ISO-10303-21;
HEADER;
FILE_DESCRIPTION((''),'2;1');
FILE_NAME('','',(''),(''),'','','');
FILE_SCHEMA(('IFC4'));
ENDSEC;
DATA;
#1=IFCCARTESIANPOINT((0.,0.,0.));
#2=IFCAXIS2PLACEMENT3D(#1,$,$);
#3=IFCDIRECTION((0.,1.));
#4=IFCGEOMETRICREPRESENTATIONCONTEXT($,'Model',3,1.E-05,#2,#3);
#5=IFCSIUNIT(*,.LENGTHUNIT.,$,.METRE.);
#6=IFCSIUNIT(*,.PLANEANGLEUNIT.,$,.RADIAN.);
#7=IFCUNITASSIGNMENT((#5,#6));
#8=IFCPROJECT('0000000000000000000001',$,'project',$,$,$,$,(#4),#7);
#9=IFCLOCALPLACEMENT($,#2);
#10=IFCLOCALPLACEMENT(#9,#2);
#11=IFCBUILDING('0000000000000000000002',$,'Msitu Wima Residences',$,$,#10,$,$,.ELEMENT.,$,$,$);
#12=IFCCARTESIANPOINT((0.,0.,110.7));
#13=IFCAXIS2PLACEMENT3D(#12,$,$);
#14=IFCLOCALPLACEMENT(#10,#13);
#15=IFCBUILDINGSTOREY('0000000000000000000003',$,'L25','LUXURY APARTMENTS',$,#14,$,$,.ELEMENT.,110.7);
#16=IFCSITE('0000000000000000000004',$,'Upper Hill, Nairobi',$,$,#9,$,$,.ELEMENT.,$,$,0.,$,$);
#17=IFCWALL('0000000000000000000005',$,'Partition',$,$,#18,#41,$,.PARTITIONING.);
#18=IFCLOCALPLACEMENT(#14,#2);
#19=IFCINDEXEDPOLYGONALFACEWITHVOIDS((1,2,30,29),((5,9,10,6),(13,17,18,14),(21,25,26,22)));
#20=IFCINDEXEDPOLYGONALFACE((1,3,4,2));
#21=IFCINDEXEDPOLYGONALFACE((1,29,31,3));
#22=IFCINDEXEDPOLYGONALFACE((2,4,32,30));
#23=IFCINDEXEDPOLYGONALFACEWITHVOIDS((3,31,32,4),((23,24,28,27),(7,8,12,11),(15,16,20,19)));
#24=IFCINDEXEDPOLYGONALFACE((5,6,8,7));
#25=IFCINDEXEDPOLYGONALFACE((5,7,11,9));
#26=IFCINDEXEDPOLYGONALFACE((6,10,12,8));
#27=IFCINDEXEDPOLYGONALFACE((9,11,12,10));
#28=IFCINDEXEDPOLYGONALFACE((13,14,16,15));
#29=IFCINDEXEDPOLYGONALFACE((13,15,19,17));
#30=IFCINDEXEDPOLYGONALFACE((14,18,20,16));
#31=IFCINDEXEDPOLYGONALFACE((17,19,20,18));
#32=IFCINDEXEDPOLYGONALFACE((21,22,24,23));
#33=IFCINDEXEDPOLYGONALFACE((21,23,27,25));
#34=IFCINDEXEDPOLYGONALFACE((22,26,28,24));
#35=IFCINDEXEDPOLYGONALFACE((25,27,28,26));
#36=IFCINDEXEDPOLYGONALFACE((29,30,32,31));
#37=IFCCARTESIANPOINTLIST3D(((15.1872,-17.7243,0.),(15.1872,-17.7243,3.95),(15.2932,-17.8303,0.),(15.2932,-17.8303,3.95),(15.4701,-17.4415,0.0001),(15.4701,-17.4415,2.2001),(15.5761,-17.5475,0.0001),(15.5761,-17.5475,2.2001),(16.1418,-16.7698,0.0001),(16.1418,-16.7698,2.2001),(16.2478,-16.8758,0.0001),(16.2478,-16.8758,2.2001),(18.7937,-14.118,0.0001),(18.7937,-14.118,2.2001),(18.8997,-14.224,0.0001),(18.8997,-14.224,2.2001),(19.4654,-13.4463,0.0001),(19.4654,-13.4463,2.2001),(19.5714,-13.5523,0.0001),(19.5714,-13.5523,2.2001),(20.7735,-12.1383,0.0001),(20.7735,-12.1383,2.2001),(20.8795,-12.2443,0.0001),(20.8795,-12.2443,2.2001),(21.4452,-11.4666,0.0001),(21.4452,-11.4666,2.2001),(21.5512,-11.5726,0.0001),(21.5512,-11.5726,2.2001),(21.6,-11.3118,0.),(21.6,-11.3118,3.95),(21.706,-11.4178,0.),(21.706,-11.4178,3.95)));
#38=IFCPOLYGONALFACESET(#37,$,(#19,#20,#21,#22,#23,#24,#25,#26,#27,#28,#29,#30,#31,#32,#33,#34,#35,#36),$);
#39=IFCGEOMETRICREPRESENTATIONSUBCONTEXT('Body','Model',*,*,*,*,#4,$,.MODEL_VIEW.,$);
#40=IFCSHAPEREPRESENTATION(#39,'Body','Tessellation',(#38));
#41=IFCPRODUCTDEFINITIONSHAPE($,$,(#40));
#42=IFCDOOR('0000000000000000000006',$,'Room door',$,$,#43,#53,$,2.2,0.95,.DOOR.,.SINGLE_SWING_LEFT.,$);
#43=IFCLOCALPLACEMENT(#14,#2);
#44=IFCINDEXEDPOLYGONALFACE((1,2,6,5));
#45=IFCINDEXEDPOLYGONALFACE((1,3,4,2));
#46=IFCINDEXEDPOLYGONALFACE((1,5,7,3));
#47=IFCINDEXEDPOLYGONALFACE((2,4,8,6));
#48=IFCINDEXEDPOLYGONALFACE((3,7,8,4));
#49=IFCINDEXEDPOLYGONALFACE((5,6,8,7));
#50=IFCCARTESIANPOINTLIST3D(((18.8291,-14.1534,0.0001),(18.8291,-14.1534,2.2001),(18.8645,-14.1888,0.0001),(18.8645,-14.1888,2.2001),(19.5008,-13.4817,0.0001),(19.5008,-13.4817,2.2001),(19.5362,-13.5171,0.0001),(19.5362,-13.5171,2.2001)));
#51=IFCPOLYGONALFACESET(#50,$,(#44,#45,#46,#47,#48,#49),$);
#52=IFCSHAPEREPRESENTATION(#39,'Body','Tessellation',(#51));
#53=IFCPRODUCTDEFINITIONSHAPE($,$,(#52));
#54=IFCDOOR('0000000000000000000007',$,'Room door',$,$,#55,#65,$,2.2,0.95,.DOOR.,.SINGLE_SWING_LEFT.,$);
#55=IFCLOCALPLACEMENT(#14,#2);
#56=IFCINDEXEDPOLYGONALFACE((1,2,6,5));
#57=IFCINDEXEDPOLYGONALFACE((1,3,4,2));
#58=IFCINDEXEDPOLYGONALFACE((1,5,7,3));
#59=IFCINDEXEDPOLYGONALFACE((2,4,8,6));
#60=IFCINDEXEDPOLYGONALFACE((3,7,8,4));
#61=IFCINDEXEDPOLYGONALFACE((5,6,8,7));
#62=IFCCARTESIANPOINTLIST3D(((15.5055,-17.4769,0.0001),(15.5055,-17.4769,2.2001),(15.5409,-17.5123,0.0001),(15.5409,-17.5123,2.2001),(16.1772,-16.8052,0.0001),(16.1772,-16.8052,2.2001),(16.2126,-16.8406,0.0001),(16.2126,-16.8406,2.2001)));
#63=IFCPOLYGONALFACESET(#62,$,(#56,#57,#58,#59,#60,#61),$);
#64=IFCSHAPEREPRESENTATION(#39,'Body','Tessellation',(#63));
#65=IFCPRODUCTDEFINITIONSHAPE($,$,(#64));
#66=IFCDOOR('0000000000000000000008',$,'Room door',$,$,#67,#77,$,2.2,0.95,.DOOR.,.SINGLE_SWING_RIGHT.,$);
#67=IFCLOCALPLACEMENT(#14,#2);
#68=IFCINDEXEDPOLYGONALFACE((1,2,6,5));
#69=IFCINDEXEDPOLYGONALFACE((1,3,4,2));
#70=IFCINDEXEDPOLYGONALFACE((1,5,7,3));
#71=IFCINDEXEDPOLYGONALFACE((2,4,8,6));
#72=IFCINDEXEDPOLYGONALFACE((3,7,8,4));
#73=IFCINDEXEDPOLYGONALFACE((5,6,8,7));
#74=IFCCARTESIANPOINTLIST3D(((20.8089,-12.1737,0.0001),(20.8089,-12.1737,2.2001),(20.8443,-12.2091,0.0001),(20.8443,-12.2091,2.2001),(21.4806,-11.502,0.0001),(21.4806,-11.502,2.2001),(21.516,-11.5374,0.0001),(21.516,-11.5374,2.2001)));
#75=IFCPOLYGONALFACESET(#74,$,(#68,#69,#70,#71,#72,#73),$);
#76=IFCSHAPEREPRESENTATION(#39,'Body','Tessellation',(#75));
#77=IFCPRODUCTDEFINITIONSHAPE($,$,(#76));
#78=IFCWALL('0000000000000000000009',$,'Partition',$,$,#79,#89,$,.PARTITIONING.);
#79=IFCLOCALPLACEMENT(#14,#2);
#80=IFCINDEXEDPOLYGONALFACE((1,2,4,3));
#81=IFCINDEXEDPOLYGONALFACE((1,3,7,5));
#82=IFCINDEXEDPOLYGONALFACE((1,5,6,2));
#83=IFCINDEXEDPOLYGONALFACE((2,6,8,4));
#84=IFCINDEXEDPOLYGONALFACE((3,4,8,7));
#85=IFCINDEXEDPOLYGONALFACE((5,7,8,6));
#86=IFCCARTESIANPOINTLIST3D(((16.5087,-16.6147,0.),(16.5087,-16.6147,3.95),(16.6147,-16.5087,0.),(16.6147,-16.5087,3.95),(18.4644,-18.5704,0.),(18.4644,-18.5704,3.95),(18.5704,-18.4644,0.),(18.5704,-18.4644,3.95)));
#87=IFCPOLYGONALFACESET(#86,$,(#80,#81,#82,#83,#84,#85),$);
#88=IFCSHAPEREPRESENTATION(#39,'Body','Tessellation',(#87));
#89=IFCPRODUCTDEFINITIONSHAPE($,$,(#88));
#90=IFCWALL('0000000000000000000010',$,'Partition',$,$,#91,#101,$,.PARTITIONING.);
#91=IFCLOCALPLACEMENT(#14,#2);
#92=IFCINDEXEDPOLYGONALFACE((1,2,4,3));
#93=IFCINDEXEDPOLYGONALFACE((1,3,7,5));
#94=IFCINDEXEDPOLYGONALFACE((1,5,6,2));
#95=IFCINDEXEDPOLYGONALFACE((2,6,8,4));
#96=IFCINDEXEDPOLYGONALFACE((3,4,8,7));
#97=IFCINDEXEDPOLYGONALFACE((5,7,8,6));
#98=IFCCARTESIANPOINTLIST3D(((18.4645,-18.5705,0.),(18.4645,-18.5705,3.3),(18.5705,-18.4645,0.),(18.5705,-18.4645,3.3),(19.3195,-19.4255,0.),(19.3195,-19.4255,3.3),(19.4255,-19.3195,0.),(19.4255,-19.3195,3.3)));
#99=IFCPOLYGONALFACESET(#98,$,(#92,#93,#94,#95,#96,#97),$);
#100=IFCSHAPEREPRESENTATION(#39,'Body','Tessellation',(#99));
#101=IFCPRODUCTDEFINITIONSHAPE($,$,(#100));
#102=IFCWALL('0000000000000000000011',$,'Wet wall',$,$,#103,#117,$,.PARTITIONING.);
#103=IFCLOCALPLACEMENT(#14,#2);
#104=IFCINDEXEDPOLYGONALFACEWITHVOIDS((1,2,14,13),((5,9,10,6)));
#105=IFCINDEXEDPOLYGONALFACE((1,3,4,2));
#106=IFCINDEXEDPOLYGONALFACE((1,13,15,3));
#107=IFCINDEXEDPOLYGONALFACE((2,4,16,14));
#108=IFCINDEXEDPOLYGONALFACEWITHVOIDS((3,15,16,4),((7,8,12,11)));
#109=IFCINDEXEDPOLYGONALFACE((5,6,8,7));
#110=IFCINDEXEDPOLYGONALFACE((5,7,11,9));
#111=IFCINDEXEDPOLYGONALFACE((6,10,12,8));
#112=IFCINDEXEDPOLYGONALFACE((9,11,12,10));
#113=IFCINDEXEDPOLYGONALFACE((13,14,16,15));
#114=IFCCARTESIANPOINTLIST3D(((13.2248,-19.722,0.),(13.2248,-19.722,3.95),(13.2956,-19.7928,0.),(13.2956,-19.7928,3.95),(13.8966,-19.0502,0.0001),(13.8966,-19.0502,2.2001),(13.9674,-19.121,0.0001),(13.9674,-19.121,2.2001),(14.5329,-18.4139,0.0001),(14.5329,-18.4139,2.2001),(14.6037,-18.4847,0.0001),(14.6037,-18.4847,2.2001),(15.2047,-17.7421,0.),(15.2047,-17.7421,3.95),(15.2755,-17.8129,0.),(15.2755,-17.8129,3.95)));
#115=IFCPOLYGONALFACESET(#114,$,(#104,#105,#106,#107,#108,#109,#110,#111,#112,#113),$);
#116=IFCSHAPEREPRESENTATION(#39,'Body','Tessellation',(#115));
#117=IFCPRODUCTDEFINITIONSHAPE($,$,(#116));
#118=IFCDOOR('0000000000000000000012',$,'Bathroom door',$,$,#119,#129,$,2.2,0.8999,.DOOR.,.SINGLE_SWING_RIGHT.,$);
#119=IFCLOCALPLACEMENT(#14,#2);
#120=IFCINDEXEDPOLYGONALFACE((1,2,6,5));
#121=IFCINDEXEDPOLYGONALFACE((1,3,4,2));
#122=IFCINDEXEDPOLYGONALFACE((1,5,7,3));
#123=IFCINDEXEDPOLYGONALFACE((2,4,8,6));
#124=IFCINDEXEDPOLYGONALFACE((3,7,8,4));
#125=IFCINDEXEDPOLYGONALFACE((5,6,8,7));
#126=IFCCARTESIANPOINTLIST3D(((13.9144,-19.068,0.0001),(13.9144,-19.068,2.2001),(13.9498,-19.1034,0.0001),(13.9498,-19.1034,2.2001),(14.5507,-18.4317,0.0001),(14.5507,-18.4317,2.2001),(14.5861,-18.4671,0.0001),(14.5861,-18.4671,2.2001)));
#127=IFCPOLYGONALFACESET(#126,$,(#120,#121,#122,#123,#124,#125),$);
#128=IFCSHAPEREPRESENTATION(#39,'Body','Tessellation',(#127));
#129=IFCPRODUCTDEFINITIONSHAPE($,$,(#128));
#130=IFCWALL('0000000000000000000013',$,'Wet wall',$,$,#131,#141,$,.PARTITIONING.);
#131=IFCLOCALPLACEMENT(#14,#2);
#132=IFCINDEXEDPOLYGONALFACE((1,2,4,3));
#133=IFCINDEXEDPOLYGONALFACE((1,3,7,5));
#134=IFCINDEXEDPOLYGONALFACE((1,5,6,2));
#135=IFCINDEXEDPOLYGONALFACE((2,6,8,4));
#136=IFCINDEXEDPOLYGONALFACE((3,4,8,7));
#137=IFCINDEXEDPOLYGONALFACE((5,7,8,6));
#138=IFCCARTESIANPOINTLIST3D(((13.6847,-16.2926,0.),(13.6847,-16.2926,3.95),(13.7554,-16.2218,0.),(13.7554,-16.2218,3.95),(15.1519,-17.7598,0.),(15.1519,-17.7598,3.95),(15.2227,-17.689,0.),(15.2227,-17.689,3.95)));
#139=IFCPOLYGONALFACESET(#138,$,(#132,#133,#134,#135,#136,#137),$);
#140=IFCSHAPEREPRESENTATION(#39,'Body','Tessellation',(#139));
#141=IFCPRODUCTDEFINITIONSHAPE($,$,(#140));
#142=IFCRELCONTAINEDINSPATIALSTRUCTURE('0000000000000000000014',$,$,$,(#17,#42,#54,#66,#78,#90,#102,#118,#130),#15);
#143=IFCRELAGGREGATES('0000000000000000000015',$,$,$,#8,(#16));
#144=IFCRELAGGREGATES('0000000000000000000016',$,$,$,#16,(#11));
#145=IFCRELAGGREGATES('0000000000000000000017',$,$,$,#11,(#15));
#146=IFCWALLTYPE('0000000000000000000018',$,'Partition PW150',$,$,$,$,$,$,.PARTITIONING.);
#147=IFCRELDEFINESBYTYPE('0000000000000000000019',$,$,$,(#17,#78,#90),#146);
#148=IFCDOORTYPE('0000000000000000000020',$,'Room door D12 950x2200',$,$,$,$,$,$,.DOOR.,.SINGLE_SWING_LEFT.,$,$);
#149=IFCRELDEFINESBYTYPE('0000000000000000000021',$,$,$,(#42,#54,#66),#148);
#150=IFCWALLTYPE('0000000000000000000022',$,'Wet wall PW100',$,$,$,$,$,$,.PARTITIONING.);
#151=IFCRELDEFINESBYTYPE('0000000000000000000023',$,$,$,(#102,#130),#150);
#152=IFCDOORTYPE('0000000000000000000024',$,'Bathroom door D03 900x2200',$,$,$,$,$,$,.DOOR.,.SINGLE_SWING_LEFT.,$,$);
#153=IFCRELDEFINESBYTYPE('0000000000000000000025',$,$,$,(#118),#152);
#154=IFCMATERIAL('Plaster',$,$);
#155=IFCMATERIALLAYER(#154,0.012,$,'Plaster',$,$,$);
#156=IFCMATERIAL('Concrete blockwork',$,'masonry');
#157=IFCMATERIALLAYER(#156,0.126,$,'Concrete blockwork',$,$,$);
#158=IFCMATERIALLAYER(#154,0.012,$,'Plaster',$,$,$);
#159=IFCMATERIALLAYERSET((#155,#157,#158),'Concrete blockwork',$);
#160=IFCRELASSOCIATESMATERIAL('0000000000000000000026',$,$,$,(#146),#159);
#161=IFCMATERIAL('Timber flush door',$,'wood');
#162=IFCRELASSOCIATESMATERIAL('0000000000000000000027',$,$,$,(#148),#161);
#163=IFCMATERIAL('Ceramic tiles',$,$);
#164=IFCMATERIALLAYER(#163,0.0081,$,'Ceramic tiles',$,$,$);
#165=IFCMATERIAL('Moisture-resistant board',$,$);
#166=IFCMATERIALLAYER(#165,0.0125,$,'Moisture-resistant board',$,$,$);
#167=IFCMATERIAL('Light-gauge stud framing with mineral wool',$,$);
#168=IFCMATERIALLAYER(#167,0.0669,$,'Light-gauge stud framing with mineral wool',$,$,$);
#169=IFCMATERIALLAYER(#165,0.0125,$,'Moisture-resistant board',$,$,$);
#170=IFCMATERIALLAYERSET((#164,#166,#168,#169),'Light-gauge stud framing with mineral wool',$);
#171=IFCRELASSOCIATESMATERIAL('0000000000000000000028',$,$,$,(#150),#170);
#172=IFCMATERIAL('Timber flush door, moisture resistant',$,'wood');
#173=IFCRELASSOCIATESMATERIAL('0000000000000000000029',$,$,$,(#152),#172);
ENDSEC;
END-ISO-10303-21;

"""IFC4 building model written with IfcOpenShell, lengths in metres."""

from ifc_helpers import new_model, si_unit, direction, frame, frame_2d, origin, place, context, subcontext, project, spatial, rectangle, extrude, material, layer, layer_set, type_object, element, fill, save


model = new_model("IFC4")

# Units and contexts
model_context = context("Model", 3, precision=1e-05, world=origin(), true_north=direction((0.0, 1.0)))
body_context = subcontext(model_context, "Body", "Model", "MODEL_VIEW")
ifc_project = project(units=[si_unit("LENGTHUNIT", "METRE"), si_unit("PLANEANGLEUNIT", "RADIAN")], contexts=[model_context])

# Site, building, storey
site_placement = place(None, origin())
site = spatial("IfcSite", under=ifc_project, at=site_placement, Name="Upper Hill, Nairobi", CompositionType="ELEMENT", RefElevation=0.0)
building_placement = place(site_placement, origin())
building = spatial("IfcBuilding", under=site, at=building_placement, Name="Msitu Wima Residences", CompositionType="ELEMENT")
storey_placement = place(building_placement, frame((0.0, 0.0, 110.7)))
storey = spatial("IfcBuildingStorey", under=building, at=storey_placement, Name="L25", Description="LUXURY APARTMENTS", CompositionType="ELEMENT", Elevation=110.7)

# Shared definitions
ifc_material_1 = material(Name="Plaster")
ifc_material_2 = material(Name="Concrete blockwork", Category="masonry")

# Shared definitions
ifc_layer_1 = layer(ifc_material_1, 0.012, Name="Plaster")
ifc_layer_2 = layer(ifc_material_2, 0.126, Name="Concrete blockwork")
ifc_layer_3 = layer(ifc_material_1, 0.012, Name="Plaster")
ifc_layer_set_1 = layer_set([ifc_layer_1, ifc_layer_2, ifc_layer_3], Name="Concrete blockwork")
wall_type_1 = type_object("IfcWallType", Name="Partition PW150", PredefinedType="PARTITIONING", material=ifc_layer_set_1)

# Wall, openings, doors
wall_1_placement = place(storey_placement, frame((15.2402, -17.7773, 0.0), z_axis=(0.0, 0.0, 1.0), x_axis=(0.70712, 0.707093, 0.0)))
wall_1 = element("IfcWall", 1, at=wall_1_placement, inside=storey, type_object=wall_type_1, Name="Partition", PredefinedType="PARTITIONING", context=body_context, shape_type="SweptSolid", body=[
    extrude(rectangle(XDim=9.0688, YDim=0.1499, at=frame_2d((4.5344, 0.0))), origin(), (0.0, 0.0, 1.0), 3.95),
])
opening_1_placement = place(wall_1_placement, frame((5.1001, 0.0, 0.0)))
opening_1 = element("IfcOpeningElement", 2, at=opening_1_placement, cuts=wall_1, PredefinedType="OPENING", context=body_context, shape_type="SweptSolid", body=[
    extrude(rectangle(XDim=0.95, YDim=2.2, at=frame_2d((0.4751, 1.1001))), frame((0.0, 0.085, 0.0), z_axis=(0.0, -1.0, 0.0), x_axis=(1.0, 0.0, 0.0)), (0.0, 0.0, 1.0), 0.1699),
])
opening_2_placement = place(wall_1_placement, frame((0.3999, 0.0, 0.0)))
opening_2 = element("IfcOpeningElement", 3, at=opening_2_placement, cuts=wall_1, PredefinedType="OPENING", context=body_context, shape_type="SweptSolid", body=[
    extrude(rectangle(XDim=0.95, YDim=2.2, at=frame_2d((0.4751, 1.1001))), frame((0.0, 0.085, 0.0), z_axis=(0.0, -1.0, 0.0), x_axis=(1.0, 0.0, 0.0)), (0.0, 0.0, 1.0), 0.1699),
])
opening_3_placement = place(wall_1_placement, frame((7.8999, 0.0, 0.0)))
opening_3 = element("IfcOpeningElement", 4, at=opening_3_placement, cuts=wall_1, PredefinedType="OPENING", context=body_context, shape_type="SweptSolid", body=[
    extrude(rectangle(XDim=0.95, YDim=2.2, at=frame_2d((0.4751, 1.1001))), frame((0.0, 0.085, 0.0), z_axis=(0.0, -1.0, 0.0), x_axis=(1.0, 0.0, 0.0)), (0.0, 0.0, 1.0), 0.1699),
])
ifc_material_3 = material(Name="Timber flush door", Category="wood")
door_type_1 = type_object("IfcDoorType", Name="Room door D12 950x2200", OperationType="SINGLE_SWING_LEFT", PredefinedType="DOOR", material=ifc_material_3)
door_1_placement = place(opening_1_placement, origin())
door_1 = element("IfcDoor", 5, at=door_1_placement, inside=storey, type_object=door_type_1, Name="Room door", OperationType="SINGLE_SWING_LEFT", OverallHeight=2.2, OverallWidth=0.95, PredefinedType="DOOR", context=body_context, shape_type="SweptSolid", body=[
    extrude(rectangle(XDim=0.95, YDim=2.2, at=frame_2d((0.4751, 1.1001))), frame((0.0, 0.0249, 0.0), z_axis=(0.0, -1.0, 0.0), x_axis=(1.0, 0.0, 0.0)), (0.0, 0.0, 1.0), 0.05),
])
fill(opening_1, door_1)
door_2_placement = place(opening_2_placement, origin())
door_2 = element("IfcDoor", 6, at=door_2_placement, inside=storey, type_object=door_type_1, Name="Room door", OperationType="SINGLE_SWING_LEFT", OverallHeight=2.2, OverallWidth=0.95, PredefinedType="DOOR", context=body_context, shape_type="SweptSolid", body=[
    extrude(rectangle(XDim=0.95, YDim=2.2, at=frame_2d((0.4751, 1.1001))), frame((0.0, 0.0249, 0.0), z_axis=(0.0, -1.0, 0.0), x_axis=(1.0, 0.0, 0.0)), (0.0, 0.0, 1.0), 0.05),
])
fill(opening_2, door_2)
door_3_placement = place(opening_3_placement, origin())
door_3 = element("IfcDoor", 7, at=door_3_placement, inside=storey, type_object=door_type_1, Name="Room door", OperationType="SINGLE_SWING_RIGHT", OverallHeight=2.2, OverallWidth=0.95, PredefinedType="DOOR", context=body_context, shape_type="SweptSolid", body=[
    extrude(rectangle(XDim=0.95, YDim=2.2, at=frame_2d((0.4751, 1.1001))), frame((0.0, 0.0249, 0.0), z_axis=(0.0, -1.0, 0.0), x_axis=(1.0, 0.0, 0.0)), (0.0, 0.0, 1.0), 0.05),
])
fill(opening_3, door_3)

# Walls
wall_2_placement = place(storey_placement, frame((16.5618, -16.5618, 0.0), z_axis=(0.0, 0.0, 1.0), x_axis=(0.707107, -0.707107, 0.0)))
element("IfcWall", 8, at=wall_2_placement, inside=storey, type_object=wall_type_1, Name="Partition", PredefinedType="PARTITIONING", context=body_context, shape_type="SweptSolid", body=[
    extrude(rectangle(XDim=2.7659, YDim=0.1499, at=frame_2d((1.3828, 0.0))), origin(), (0.0, 0.0, 1.0), 3.95),
])
wall_3_placement = place(storey_placement, frame((18.5176, -18.5176, 0.0), z_axis=(0.0, 0.0, 1.0), x_axis=(0.707107, -0.707107, 0.0)))
element("IfcWall", 9, at=wall_3_placement, inside=storey, type_object=wall_type_1, Name="Partition", PredefinedType="PARTITIONING", context=body_context, shape_type="SweptSolid", body=[
    extrude(rectangle(XDim=1.2092, YDim=0.1499, at=frame_2d((0.6045, 0.0))), origin(), (0.0, 0.0, 1.0), 3.3),
])

# Wall, opening, door
ifc_material_4 = material(Name="Ceramic tiles")
ifc_layer_4 = layer(ifc_material_4, 0.0081, Name="Ceramic tiles")
ifc_material_5 = material(Name="Moisture-resistant board")
ifc_layer_5 = layer(ifc_material_5, 0.0125, Name="Moisture-resistant board")
ifc_material_6 = material(Name="Light-gauge stud framing with mineral wool")
ifc_layer_6 = layer(ifc_material_6, 0.0669, Name="Light-gauge stud framing with mineral wool")
ifc_layer_7 = layer(ifc_material_5, 0.0125, Name="Moisture-resistant board")
ifc_layer_set_2 = layer_set([ifc_layer_4, ifc_layer_5, ifc_layer_6, ifc_layer_7], Name="Light-gauge stud framing with mineral wool")
wall_type_2 = type_object("IfcWallType", Name="Wet wall PW100", PredefinedType="PARTITIONING", material=ifc_layer_set_2)
wall_4_placement = place(storey_placement, frame((13.2603, -19.7573, 0.0), z_axis=(0.0, 0.0, 1.0), x_axis=(0.707107, 0.707107, 0.0)))
wall_4 = element("IfcWall", 10, at=wall_4_placement, inside=storey, type_object=wall_type_2, Name="Wet wall", PredefinedType="PARTITIONING", context=body_context, shape_type="SweptSolid", body=[
    extrude(rectangle(XDim=2.8, YDim=0.1001, at=frame_2d((1.3999, 0.0))), origin(), (0.0, 0.0, 1.0), 3.95),
])
opening_4_placement = place(wall_4_placement, frame((0.95, 0.0, 0.0)))
opening_4 = element("IfcOpeningElement", 11, at=opening_4_placement, cuts=wall_4, PredefinedType="OPENING", context=body_context, shape_type="SweptSolid", body=[
    extrude(rectangle(XDim=0.8999, YDim=2.2, at=frame_2d((0.45, 1.1001))), frame((0.0, 0.0601, 0.0), z_axis=(0.0, -1.0, 0.0), x_axis=(1.0, 0.0, 0.0)), (0.0, 0.0, 1.0), 0.1201),
])
ifc_material_7 = material(Name="Timber flush door, moisture resistant", Category="wood")
door_type_2 = type_object("IfcDoorType", Name="Bathroom door D03 900x2200", OperationType="SINGLE_SWING_LEFT", PredefinedType="DOOR", material=ifc_material_7)
door_4_placement = place(opening_4_placement, origin())
door_4 = element("IfcDoor", 12, at=door_4_placement, inside=storey, type_object=door_type_2, Name="Bathroom door", OperationType="SINGLE_SWING_RIGHT", OverallHeight=2.2, OverallWidth=0.8999, PredefinedType="DOOR", context=body_context, shape_type="SweptSolid", body=[
    extrude(rectangle(XDim=0.8999, YDim=2.2, at=frame_2d((0.45, 1.1001))), frame((0.0, 0.0249, 0.0), z_axis=(0.0, -1.0, 0.0), x_axis=(1.0, 0.0, 0.0)), (0.0, 0.0, 1.0), 0.05),
])
fill(opening_4, door_4)

# Wall
wall_5_placement = place(storey_placement, frame((13.72, -16.2571, 0.0), z_axis=(0.0, 0.0, 1.0), x_axis=(0.707107, -0.707107, 0.0)))
element("IfcWall", 13, at=wall_5_placement, inside=storey, type_object=wall_type_2, Name="Wet wall", PredefinedType="PARTITIONING", context=body_context, shape_type="SweptSolid", body=[
    extrude(rectangle(XDim=2.075, YDim=0.1001, at=frame_2d((1.0376, 0.0))), origin(), (0.0, 0.0, 1.0), 3.95),
])

save(model, "model.ifc")
